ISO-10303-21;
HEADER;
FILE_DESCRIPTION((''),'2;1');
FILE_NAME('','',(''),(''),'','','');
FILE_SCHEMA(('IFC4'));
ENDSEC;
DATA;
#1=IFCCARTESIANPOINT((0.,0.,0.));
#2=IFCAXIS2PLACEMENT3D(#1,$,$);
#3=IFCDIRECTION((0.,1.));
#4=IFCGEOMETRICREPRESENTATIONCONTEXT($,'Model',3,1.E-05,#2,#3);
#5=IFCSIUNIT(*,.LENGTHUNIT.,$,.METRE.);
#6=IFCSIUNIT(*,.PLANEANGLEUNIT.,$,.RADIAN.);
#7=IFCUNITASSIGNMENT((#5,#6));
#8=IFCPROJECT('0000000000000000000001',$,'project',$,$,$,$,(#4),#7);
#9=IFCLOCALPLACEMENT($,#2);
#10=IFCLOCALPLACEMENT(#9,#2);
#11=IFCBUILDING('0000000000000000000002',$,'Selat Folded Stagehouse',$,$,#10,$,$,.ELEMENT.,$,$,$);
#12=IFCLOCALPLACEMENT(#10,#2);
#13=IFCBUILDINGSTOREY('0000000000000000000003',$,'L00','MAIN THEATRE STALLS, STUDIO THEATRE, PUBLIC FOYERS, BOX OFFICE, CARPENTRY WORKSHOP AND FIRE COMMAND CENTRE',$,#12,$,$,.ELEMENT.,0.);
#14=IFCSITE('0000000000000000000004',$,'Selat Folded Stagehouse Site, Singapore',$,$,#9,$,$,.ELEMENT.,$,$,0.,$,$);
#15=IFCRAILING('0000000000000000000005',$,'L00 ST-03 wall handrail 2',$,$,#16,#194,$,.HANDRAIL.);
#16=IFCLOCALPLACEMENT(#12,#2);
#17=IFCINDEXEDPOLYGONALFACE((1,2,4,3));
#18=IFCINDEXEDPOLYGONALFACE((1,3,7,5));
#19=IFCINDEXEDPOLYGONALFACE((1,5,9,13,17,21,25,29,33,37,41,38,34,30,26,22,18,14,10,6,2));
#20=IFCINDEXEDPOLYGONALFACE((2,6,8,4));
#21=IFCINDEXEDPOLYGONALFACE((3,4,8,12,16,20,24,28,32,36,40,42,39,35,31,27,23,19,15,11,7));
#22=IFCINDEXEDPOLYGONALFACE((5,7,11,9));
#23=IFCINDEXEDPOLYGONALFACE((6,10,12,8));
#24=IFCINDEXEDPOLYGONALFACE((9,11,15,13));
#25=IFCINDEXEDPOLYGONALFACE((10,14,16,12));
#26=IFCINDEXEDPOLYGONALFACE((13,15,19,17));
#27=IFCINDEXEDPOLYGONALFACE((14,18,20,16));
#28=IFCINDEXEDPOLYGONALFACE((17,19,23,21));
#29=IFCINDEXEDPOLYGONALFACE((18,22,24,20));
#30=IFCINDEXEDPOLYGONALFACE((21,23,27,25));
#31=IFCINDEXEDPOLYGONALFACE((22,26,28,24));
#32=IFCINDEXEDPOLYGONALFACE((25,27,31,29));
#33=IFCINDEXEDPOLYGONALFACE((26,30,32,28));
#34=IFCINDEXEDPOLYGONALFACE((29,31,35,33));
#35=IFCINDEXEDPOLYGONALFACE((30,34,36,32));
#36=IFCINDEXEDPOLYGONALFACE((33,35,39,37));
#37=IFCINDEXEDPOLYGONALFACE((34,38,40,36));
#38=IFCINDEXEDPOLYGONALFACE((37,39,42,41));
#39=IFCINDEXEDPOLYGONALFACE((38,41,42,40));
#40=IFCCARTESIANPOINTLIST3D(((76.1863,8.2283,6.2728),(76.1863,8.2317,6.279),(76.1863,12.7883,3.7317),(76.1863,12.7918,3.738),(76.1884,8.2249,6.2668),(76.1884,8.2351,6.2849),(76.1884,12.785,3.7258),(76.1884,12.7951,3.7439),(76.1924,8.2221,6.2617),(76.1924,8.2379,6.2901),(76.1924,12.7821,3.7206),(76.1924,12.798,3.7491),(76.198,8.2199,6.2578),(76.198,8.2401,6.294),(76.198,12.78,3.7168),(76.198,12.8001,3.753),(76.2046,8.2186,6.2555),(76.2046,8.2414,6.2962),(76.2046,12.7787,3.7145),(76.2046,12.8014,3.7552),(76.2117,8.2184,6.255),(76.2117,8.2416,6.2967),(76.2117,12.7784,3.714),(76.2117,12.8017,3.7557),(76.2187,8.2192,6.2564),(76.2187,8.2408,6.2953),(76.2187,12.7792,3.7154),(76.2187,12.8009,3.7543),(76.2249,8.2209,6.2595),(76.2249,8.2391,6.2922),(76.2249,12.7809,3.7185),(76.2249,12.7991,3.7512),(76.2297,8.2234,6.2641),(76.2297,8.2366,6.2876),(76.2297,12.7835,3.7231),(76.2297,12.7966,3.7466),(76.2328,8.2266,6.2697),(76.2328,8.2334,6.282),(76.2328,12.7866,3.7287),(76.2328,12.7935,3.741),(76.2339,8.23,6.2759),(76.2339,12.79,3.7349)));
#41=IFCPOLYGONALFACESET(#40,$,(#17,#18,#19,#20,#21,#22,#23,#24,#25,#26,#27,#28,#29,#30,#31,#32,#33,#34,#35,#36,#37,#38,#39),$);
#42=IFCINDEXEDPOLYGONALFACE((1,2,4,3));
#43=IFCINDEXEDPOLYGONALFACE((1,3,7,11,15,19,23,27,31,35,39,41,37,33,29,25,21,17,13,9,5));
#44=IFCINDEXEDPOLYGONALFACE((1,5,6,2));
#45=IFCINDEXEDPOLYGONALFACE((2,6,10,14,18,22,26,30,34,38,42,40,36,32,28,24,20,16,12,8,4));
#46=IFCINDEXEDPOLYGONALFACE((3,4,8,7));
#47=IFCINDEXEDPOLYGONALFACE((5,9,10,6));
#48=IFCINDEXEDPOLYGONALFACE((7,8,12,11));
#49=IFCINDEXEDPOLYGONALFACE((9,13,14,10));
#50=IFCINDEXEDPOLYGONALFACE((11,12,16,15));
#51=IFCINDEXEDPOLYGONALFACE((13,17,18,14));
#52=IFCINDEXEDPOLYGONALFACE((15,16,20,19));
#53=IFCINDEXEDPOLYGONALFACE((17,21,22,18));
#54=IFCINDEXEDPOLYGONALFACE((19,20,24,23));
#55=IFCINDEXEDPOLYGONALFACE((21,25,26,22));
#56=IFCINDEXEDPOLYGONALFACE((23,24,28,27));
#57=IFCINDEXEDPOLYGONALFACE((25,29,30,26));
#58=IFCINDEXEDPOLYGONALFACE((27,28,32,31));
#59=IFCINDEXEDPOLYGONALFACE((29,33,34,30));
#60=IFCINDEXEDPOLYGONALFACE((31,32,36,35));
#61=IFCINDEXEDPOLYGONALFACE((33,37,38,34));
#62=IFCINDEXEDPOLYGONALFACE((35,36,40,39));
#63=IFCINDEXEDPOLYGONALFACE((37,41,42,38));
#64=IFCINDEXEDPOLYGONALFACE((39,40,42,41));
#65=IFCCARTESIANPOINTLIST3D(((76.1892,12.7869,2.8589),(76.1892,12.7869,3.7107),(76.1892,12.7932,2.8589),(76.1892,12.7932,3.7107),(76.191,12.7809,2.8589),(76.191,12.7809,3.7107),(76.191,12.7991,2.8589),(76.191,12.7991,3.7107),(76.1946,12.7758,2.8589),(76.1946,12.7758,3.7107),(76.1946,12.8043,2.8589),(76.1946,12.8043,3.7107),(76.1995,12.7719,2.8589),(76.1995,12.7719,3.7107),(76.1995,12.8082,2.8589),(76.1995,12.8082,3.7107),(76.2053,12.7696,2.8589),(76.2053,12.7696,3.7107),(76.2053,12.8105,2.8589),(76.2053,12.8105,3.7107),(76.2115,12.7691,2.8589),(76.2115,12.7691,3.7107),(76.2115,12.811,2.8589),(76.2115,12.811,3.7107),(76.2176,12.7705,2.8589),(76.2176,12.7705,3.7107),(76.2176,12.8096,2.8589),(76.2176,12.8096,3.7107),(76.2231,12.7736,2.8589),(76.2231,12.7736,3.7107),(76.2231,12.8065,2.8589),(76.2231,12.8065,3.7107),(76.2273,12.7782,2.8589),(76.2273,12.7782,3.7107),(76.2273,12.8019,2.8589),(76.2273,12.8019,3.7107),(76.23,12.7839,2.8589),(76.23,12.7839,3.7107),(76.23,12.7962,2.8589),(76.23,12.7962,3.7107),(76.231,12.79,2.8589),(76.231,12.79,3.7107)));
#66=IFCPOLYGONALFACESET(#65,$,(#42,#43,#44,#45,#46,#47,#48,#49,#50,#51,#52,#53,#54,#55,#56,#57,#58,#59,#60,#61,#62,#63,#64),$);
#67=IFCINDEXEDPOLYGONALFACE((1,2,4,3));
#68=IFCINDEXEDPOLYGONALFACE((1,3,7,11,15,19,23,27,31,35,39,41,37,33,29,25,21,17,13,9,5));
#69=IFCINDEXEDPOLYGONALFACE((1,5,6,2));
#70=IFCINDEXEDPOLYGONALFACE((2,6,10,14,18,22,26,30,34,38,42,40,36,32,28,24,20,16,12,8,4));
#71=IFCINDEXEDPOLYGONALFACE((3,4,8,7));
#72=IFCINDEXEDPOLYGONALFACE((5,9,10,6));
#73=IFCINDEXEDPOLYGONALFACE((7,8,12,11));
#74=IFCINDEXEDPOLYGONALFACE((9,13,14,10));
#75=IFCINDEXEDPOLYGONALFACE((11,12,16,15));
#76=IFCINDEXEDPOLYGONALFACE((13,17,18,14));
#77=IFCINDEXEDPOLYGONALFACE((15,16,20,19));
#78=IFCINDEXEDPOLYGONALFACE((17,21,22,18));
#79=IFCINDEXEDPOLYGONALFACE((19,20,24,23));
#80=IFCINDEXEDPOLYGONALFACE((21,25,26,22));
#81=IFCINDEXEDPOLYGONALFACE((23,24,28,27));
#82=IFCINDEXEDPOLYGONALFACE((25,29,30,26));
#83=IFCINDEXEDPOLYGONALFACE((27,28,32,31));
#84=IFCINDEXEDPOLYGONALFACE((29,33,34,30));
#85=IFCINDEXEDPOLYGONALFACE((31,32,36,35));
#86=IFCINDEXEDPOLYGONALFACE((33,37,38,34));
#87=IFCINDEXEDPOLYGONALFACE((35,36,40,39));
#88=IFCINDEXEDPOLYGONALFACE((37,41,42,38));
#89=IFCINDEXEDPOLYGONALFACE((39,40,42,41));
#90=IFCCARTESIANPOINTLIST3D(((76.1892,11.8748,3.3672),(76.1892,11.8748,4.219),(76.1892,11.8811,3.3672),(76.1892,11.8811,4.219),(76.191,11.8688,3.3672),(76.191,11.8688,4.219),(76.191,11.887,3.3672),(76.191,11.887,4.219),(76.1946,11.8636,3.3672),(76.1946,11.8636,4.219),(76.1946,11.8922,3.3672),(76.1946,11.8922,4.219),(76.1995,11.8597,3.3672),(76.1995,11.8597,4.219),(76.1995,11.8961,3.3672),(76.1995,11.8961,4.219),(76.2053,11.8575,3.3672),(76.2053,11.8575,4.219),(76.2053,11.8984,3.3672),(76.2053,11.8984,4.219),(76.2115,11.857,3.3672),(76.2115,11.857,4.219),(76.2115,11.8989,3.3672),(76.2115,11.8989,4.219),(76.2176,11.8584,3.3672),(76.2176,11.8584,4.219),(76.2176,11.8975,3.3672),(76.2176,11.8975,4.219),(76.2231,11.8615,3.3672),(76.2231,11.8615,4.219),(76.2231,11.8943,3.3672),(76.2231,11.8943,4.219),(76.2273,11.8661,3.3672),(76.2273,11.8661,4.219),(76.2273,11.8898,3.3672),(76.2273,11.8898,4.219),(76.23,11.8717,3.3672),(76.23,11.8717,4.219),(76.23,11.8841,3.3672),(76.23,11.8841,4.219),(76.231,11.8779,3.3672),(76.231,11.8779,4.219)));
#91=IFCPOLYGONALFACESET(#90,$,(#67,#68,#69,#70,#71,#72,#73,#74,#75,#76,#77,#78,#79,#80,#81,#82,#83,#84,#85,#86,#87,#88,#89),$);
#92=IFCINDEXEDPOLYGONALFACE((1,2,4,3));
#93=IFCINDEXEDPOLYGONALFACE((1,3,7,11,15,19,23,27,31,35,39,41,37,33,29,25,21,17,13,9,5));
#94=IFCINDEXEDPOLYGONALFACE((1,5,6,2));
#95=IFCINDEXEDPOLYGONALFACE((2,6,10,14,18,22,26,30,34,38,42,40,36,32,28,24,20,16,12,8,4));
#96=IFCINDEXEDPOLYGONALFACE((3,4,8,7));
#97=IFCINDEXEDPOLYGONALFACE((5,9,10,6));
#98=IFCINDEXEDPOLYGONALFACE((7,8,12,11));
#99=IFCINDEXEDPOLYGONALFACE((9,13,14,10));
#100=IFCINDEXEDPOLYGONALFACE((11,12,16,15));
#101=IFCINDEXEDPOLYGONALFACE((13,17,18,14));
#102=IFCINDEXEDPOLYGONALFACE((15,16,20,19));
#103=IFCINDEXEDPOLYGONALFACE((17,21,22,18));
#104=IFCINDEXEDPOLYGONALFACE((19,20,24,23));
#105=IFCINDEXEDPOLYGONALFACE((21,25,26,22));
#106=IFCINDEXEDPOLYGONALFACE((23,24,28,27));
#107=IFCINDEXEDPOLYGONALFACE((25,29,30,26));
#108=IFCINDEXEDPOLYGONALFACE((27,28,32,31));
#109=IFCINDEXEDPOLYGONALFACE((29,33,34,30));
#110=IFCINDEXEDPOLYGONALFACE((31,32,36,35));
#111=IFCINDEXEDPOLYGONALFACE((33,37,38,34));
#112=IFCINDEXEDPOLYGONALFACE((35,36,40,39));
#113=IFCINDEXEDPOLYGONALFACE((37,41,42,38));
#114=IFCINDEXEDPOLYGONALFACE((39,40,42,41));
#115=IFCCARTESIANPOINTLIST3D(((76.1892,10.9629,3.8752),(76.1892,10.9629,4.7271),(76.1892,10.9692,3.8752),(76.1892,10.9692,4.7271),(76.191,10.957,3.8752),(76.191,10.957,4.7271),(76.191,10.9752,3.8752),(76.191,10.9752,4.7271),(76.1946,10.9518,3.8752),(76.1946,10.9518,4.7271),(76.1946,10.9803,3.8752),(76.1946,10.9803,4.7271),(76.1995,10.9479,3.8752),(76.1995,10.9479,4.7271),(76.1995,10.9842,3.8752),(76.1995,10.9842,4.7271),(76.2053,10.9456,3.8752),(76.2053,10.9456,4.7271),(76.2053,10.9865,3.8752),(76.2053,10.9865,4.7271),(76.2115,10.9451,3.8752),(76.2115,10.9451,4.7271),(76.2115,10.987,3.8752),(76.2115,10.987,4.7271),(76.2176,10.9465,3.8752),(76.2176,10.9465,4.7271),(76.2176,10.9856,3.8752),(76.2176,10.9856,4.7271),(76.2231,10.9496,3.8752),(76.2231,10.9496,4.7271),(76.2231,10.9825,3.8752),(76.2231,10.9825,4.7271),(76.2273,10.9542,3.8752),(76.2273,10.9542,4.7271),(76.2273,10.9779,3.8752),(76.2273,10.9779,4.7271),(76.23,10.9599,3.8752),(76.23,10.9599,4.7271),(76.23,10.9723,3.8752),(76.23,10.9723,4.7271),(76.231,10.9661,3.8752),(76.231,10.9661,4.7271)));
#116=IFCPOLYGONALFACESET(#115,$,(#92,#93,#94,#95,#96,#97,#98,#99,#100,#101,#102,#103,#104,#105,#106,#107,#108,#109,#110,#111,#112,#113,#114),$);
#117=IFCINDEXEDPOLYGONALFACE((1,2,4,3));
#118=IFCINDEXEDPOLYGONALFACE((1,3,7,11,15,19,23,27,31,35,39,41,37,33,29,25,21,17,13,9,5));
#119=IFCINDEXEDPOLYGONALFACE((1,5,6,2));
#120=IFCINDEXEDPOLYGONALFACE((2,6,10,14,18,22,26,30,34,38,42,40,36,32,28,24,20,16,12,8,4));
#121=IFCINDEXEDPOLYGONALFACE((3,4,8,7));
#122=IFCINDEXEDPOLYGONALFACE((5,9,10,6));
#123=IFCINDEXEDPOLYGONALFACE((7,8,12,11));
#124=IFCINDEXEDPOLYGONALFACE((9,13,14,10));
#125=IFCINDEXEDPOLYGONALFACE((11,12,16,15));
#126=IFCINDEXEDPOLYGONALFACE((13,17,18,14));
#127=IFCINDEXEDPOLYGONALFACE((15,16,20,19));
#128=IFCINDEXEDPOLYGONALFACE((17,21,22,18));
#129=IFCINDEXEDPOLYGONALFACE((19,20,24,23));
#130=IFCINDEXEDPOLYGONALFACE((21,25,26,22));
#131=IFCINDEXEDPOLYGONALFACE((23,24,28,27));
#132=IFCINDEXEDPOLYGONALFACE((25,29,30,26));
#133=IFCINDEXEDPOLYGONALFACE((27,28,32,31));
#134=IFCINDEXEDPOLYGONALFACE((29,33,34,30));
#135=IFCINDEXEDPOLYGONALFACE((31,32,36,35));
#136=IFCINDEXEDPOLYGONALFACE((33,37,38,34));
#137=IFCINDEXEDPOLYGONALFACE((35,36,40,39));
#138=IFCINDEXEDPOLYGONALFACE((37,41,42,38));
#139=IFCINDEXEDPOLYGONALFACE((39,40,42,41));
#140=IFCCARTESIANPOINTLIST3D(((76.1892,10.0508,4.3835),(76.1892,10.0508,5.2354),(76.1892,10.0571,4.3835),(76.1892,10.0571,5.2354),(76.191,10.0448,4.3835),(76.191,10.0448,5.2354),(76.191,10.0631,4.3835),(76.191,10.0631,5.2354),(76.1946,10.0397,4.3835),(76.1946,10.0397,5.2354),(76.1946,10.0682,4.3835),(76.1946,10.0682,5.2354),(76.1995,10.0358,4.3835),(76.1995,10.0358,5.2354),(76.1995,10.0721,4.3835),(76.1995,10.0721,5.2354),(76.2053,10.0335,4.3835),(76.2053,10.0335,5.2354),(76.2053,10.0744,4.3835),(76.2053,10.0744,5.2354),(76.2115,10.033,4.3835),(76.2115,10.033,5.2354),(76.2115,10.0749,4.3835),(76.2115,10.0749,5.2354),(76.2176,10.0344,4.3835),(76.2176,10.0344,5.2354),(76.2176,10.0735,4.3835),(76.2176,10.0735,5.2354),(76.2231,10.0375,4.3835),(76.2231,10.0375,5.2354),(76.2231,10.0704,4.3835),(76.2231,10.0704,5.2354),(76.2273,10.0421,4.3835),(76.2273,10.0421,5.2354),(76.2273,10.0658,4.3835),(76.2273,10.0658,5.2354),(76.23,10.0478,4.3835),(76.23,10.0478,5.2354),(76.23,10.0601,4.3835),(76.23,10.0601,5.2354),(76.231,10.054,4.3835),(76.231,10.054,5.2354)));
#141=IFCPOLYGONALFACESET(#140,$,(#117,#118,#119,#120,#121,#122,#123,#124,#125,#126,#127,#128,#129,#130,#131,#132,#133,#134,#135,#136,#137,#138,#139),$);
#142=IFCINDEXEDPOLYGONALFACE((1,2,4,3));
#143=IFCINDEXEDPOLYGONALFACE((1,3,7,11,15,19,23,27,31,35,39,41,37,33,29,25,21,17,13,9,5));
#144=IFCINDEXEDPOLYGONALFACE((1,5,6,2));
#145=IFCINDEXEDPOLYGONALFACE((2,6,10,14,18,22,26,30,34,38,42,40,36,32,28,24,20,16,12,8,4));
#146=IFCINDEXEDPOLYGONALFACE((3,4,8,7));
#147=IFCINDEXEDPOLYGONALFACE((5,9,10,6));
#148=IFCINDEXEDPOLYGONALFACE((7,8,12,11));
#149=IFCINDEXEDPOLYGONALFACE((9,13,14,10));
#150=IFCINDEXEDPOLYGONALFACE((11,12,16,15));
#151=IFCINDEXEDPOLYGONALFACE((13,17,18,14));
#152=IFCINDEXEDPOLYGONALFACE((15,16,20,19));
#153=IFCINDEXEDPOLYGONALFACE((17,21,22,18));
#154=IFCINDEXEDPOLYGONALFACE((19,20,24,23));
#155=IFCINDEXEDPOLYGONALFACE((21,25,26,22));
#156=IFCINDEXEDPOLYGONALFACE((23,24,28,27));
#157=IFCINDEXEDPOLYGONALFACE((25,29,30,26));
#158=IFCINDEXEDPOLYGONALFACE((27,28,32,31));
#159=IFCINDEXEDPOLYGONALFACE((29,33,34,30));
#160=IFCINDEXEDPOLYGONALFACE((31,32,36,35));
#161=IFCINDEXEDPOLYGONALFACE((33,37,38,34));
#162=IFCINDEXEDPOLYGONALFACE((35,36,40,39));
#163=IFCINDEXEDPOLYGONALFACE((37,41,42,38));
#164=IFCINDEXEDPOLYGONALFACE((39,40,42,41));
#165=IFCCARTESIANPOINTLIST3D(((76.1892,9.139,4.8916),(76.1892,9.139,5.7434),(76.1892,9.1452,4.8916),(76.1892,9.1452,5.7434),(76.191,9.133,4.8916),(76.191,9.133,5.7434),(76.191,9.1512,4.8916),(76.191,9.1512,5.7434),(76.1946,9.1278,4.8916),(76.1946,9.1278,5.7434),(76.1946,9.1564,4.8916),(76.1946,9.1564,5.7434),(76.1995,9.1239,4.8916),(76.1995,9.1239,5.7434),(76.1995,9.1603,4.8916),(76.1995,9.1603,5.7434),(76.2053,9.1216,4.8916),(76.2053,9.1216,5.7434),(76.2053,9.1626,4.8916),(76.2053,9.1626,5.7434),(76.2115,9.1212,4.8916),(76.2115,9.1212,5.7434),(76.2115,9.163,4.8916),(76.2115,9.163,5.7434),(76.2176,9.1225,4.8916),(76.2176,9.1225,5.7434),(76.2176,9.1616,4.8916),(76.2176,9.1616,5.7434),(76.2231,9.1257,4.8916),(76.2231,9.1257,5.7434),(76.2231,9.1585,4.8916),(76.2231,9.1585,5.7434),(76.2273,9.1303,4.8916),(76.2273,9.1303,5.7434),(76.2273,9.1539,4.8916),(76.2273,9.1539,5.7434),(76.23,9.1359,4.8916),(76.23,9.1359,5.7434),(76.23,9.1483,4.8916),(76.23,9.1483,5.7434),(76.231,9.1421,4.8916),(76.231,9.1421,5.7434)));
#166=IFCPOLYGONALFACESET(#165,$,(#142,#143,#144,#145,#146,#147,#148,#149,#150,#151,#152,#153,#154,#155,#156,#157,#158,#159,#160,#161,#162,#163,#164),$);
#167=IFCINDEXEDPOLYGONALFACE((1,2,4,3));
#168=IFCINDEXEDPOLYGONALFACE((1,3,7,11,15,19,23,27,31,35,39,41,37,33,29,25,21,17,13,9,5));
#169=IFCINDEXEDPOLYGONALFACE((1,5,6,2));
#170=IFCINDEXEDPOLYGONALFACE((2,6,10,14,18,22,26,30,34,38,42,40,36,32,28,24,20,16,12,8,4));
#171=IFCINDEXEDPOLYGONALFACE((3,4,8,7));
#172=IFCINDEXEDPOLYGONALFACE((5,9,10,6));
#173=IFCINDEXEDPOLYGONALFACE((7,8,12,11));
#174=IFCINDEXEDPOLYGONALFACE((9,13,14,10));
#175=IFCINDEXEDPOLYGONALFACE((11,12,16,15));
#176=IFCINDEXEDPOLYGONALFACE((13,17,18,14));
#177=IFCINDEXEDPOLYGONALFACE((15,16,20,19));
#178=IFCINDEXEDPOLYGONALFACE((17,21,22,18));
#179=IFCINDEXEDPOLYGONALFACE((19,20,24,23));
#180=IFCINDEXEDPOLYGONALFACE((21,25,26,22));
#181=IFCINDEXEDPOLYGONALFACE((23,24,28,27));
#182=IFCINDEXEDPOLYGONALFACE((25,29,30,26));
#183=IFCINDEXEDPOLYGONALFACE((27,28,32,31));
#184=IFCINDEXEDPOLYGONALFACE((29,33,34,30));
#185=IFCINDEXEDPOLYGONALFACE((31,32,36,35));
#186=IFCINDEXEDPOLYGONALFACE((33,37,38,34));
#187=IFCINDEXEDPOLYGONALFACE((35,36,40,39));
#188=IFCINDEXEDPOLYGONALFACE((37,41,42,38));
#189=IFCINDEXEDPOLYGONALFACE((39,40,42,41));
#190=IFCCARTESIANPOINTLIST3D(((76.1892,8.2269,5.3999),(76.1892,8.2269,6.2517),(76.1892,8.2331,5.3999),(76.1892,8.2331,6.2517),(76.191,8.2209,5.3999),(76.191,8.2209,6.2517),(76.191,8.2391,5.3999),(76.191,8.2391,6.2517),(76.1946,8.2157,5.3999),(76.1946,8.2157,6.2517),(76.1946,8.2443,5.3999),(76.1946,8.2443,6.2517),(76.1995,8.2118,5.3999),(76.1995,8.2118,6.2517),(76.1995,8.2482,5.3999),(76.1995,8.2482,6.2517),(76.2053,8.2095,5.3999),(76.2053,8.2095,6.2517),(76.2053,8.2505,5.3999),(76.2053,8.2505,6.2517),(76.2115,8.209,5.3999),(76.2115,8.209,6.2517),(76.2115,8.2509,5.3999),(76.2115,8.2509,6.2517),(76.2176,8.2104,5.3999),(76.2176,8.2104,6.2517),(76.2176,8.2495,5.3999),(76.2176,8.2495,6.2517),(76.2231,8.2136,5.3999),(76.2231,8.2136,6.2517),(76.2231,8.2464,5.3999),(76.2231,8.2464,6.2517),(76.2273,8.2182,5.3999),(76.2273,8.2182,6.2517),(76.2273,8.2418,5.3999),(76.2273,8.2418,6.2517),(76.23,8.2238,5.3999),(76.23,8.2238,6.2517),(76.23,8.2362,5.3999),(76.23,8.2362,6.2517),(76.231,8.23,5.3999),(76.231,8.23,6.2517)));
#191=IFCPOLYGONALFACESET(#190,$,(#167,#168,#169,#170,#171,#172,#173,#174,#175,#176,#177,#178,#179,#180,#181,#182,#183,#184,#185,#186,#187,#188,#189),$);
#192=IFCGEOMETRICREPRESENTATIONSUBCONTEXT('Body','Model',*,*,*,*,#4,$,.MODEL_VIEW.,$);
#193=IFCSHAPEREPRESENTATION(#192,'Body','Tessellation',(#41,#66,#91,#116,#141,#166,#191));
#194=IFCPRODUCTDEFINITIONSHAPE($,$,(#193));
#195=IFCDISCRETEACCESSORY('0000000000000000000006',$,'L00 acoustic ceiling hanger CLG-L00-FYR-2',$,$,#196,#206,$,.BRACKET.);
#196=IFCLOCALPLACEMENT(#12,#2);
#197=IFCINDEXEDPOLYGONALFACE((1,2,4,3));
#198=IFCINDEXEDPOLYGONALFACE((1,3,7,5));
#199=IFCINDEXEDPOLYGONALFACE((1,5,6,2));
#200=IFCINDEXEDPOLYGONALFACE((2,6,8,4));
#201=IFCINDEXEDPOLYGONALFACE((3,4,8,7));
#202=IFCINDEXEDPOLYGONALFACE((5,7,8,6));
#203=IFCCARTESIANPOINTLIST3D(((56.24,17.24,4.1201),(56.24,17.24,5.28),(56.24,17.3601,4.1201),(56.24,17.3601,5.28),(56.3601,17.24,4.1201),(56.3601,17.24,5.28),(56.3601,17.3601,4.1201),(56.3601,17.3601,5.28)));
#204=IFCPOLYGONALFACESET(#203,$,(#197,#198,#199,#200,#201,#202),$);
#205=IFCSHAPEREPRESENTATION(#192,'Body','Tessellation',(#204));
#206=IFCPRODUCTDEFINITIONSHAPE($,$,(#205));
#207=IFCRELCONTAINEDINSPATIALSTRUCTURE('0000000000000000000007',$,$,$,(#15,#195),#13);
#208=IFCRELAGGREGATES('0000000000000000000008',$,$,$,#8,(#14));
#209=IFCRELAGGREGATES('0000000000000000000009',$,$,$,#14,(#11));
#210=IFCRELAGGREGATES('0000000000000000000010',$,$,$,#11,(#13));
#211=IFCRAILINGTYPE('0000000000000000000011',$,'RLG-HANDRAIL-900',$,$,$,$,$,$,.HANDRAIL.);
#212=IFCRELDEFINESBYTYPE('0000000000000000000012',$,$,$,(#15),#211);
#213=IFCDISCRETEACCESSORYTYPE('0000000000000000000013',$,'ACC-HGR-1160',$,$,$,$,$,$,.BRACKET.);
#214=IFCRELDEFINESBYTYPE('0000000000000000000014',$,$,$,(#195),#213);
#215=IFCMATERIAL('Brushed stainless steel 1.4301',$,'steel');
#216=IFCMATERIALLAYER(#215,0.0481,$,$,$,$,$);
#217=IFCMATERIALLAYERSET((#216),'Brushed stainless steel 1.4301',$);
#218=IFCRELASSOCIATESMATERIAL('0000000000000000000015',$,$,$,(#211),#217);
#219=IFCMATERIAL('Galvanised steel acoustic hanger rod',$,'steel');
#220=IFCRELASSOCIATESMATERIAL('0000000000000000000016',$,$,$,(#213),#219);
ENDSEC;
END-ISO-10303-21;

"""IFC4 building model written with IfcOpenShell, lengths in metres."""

from ifc_helpers import new_model, si_unit, direction, frame, origin, origin_2d, place, context, subcontext, project, spatial, rectangle, circle, extrude, material, layer, layer_set, type_object, element, save


model = new_model("IFC4")

# Units and contexts
model_context = context("Model", 3, precision=1e-05, world=origin(), true_north=direction((0.0, 1.0)))
body_context = subcontext(model_context, "Body", "Model", "MODEL_VIEW")
ifc_project = project(units=[si_unit("LENGTHUNIT", "METRE"), si_unit("PLANEANGLEUNIT", "RADIAN")], contexts=[model_context])

# Site, building, storey
site_placement = place(None, origin())
site = spatial("IfcSite", under=ifc_project, at=site_placement, Name="Selat Folded Stagehouse Site, Singapore", CompositionType="ELEMENT", RefElevation=0.0)
building_placement = place(site_placement, origin())
building = spatial("IfcBuilding", under=site, at=building_placement, Name="Selat Folded Stagehouse", CompositionType="ELEMENT")
storey_placement = place(building_placement, origin())
storey = spatial("IfcBuildingStorey", under=building, at=storey_placement, Name="L00", Description="MAIN THEATRE STALLS, STUDIO THEATRE, PUBLIC FOYERS, BOX OFFICE, CARPENTRY WORKSHOP AND FIRE COMMAND CENTRE", CompositionType="ELEMENT", Elevation=0.0)

# Railing
ifc_material_1 = material(Name="Brushed stainless steel 1.4301", Category="steel")
ifc_layer_1 = layer(ifc_material_1, 0.0481)
ifc_layer_set_1 = layer_set([ifc_layer_1], Name="Brushed stainless steel 1.4301")
railing_type = type_object("IfcRailingType", Name="RLG-HANDRAIL-900", PredefinedType="HANDRAIL", material=ifc_layer_set_1)
railing_placement = place(storey_placement, frame((76.21, 12.79, 2.8589)))
element("IfcRailing", 1, at=railing_placement, inside=storey, type_object=railing_type, Name="L00 ST-03 wall handrail 2", PredefinedType="HANDRAIL", context=body_context, shape_type="SweptSolid", body=[
    extrude(circle(Radius=0.0239, at=origin_2d()), frame((0.0, 0.0, 0.876), z_axis=(0.0, -0.873534, 0.486762), x_axis=(1.0, 0.0, 0.0)), (0.0, 0.0, 1.0), 5.2202),
    extrude(circle(Radius=0.021, at=origin_2d()), origin(), (0.0, 0.0, 1.0), 0.8518),
    extrude(circle(Radius=0.021, at=origin_2d()), frame((0.0, -0.9121, 0.5083)), (0.0, 0.0, 1.0), 0.8518),
    extrude(circle(Radius=0.021, at=origin_2d()), frame((0.0, -1.824, 1.0164)), (0.0, 0.0, 1.0), 0.8518),
    extrude(circle(Radius=0.021, at=origin_2d()), frame((0.0, -2.7361, 1.5247)), (0.0, 0.0, 1.0), 0.8518),
    extrude(circle(Radius=0.021, at=origin_2d()), frame((0.0, -3.6479, 2.0327)), (0.0, 0.0, 1.0), 0.8518),
    extrude(circle(Radius=0.021, at=origin_2d()), frame((0.0, -4.5601, 2.541)), (0.0, 0.0, 1.0), 0.8518),
])

# Discrete accessory
ifc_material_2 = material(Name="Galvanised steel acoustic hanger rod", Category="steel")
discrete_accessory_type = type_object("IfcDiscreteAccessoryType", Name="ACC-HGR-1160", PredefinedType="BRACKET", material=ifc_material_2)
discrete_accessory_placement = place(storey_placement, frame((56.3, 17.3, 4.1201), z_axis=(0.0, 0.0, 1.0), x_axis=(1.0, 0.0, 0.0)))
element("IfcDiscreteAccessory", 2, at=discrete_accessory_placement, inside=storey, type_object=discrete_accessory_type, Name="L00 acoustic ceiling hanger CLG-L00-FYR-2", PredefinedType="BRACKET", context=body_context, shape_type="SweptSolid", body=[
    extrude(rectangle(XDim=0.1201, YDim=0.1201, at=origin_2d()), origin(), (0.0, 0.0, 1.0), 1.1599),
])

save(model, "model.ifc")
